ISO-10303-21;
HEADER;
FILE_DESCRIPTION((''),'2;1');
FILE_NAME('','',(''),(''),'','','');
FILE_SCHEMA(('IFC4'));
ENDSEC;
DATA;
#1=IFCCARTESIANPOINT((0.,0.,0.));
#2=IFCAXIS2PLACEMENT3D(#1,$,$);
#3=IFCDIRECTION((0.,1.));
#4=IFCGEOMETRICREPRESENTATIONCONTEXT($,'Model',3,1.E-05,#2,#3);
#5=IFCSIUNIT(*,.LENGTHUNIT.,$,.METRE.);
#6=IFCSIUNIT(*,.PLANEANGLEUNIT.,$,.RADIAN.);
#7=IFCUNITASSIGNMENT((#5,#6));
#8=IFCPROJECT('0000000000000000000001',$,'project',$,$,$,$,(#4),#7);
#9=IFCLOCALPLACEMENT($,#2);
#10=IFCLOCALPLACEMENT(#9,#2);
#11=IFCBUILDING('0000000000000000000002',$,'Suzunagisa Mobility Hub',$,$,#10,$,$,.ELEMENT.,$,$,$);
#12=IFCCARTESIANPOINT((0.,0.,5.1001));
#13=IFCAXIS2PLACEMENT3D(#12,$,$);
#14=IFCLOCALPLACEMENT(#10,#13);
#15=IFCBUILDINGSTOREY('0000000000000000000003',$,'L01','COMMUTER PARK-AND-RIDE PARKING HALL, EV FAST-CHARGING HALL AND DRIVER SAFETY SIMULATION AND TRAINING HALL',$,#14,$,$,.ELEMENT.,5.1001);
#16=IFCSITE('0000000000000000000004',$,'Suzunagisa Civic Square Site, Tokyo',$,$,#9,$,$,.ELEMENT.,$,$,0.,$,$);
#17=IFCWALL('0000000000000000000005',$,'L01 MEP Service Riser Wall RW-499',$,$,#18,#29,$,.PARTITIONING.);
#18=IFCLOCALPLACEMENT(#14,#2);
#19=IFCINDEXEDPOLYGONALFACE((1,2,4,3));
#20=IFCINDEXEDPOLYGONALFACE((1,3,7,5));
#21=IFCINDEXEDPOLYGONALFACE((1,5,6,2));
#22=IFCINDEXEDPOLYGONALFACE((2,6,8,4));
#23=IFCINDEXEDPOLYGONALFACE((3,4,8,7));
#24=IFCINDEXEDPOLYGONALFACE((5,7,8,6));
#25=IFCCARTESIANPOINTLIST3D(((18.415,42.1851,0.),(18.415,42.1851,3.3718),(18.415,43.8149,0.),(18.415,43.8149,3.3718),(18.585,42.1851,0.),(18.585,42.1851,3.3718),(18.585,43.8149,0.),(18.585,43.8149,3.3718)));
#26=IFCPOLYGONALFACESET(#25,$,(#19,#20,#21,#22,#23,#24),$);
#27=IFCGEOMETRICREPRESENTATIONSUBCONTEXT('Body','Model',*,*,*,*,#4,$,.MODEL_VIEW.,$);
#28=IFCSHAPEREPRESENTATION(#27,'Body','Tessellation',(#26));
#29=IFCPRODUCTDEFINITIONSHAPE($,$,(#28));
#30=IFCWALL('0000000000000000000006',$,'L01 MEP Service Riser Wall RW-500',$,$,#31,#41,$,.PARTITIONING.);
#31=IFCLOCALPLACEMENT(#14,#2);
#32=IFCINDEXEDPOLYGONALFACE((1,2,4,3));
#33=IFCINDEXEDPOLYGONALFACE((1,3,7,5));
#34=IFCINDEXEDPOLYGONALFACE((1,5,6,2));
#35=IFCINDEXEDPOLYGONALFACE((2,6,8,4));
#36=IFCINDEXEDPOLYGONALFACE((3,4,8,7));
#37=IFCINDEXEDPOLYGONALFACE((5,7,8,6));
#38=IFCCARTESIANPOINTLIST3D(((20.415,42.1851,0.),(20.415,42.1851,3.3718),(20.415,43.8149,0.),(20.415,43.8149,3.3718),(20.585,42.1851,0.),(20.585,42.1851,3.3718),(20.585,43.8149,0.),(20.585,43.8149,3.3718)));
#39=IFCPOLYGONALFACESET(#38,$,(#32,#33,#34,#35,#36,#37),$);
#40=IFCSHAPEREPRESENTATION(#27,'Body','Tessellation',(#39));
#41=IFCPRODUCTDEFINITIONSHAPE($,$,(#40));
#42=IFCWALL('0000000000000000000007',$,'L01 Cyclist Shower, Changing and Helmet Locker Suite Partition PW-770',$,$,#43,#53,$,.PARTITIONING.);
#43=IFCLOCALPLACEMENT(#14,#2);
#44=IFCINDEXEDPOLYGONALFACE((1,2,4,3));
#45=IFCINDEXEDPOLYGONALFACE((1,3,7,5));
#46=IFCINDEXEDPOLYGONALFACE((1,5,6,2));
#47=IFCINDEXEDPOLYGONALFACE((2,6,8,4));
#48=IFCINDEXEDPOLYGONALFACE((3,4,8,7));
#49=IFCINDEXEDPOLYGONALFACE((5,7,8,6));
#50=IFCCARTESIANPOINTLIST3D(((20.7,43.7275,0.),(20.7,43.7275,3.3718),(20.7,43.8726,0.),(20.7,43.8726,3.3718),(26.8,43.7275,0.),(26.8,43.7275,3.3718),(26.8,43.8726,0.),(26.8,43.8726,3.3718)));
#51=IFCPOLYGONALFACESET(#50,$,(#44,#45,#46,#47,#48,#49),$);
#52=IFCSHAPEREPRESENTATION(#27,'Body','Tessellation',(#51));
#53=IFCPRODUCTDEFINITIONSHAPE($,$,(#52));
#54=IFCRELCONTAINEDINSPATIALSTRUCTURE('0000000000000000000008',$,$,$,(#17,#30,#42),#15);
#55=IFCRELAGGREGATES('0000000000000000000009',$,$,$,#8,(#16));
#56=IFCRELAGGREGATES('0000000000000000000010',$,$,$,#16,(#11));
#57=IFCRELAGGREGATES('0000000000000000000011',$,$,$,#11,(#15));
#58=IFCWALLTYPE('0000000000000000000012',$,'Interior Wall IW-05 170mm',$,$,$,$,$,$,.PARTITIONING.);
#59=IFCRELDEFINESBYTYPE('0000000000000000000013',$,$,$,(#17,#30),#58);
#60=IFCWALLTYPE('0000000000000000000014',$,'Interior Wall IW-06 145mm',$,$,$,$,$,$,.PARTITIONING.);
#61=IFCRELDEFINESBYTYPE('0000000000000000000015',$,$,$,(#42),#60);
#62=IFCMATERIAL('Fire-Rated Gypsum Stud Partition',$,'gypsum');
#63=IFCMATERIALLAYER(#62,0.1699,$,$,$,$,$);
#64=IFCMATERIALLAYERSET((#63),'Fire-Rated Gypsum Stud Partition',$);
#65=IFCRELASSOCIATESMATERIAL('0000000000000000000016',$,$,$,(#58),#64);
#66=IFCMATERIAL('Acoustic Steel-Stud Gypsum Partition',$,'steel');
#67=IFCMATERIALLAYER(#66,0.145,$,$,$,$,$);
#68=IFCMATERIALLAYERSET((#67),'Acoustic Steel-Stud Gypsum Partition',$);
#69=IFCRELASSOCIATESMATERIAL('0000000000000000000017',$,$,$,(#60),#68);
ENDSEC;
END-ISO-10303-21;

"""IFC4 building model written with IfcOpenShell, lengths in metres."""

from ifc_helpers import new_model, si_unit, direction, frame, frame_2d, origin, place, context, subcontext, project, spatial, rectangle, extrude, material, layer, layer_set, type_object, element, save


model = new_model("IFC4")

# Units and contexts
model_context = context("Model", 3, precision=1e-05, world=origin(), true_north=direction((0.0, 1.0)))
body_context = subcontext(model_context, "Body", "Model", "MODEL_VIEW")
ifc_project = project(units=[si_unit("LENGTHUNIT", "METRE"), si_unit("PLANEANGLEUNIT", "RADIAN")], contexts=[model_context])

# Site, building, storey
site_placement = place(None, origin())
site = spatial("IfcSite", under=ifc_project, at=site_placement, Name="Suzunagisa Civic Square Site, Tokyo", CompositionType="ELEMENT", RefElevation=0.0)
building_placement = place(site_placement, origin())
building = spatial("IfcBuilding", under=site, at=building_placement, Name="Suzunagisa Mobility Hub", CompositionType="ELEMENT")
storey_placement = place(building_placement, frame((0.0, 0.0, 5.1001)))
storey = spatial("IfcBuildingStorey", under=building, at=storey_placement, Name="L01", Description="COMMUTER PARK-AND-RIDE PARKING HALL, EV FAST-CHARGING HALL AND DRIVER SAFETY SIMULATION AND TRAINING HALL", CompositionType="ELEMENT", Elevation=5.1001)

# Shared definitions
ifc_material_1 = material(Name="Fire-Rated Gypsum Stud Partition", Category="gypsum")

# Walls
ifc_layer_1 = layer(ifc_material_1, 0.1699)
ifc_layer_set_1 = layer_set([ifc_layer_1], Name="Fire-Rated Gypsum Stud Partition")
wall_type_1 = type_object("IfcWallType", Name="Interior Wall IW-05 170mm", PredefinedType="PARTITIONING", material=ifc_layer_set_1)
for number, where, z_axis, x_axis, name in (
    (1, (18.5, 42.1851, 0.0), (0.0, 0.0, 1.0), (0.0, 1.0, 0.0), "L01 MEP Service Riser Wall RW-499"),
    (2, (20.5, 42.1851, 0.0), (0.0, 0.0, 1.0), (0.0, 1.0, 0.0), "L01 MEP Service Riser Wall RW-500"),
):
    element("IfcWall", number, at=place(storey_placement, frame(where, z_axis=z_axis, x_axis=x_axis)), inside=storey, type_object=wall_type_1, Name=name, PredefinedType="PARTITIONING", context=body_context, shape_type="SweptSolid", body=[
        extrude(rectangle(XDim=1.6299, YDim=0.1699, at=frame_2d((0.8149, 0.0))), origin(), (0.0, 0.0, 1.0), 3.3718),
    ])
ifc_material_2 = material(Name="Acoustic Steel-Stud Gypsum Partition", Category="steel")
ifc_layer_2 = layer(ifc_material_2, 0.145)
ifc_layer_set_2 = layer_set([ifc_layer_2], Name="Acoustic Steel-Stud Gypsum Partition")
wall_type_2 = type_object("IfcWallType", Name="Interior Wall IW-06 145mm", PredefinedType="PARTITIONING", material=ifc_layer_set_2)
wall_1_placement = place(storey_placement, frame((20.7, 43.8, 0.0), z_axis=(0.0, 0.0, 1.0), x_axis=(1.0, 0.0, 0.0)))
element("IfcWall", 3, at=wall_1_placement, inside=storey, type_object=wall_type_2, Name="L01 Cyclist Shower, Changing and Helmet Locker Suite Partition PW-770", PredefinedType="PARTITIONING", context=body_context, shape_type="SweptSolid", body=[
    extrude(rectangle(XDim=6.1001, YDim=0.145, at=frame_2d((3.05, 0.0))), origin(), (0.0, 0.0, 1.0), 3.3718),
])

save(model, "model.ifc")
